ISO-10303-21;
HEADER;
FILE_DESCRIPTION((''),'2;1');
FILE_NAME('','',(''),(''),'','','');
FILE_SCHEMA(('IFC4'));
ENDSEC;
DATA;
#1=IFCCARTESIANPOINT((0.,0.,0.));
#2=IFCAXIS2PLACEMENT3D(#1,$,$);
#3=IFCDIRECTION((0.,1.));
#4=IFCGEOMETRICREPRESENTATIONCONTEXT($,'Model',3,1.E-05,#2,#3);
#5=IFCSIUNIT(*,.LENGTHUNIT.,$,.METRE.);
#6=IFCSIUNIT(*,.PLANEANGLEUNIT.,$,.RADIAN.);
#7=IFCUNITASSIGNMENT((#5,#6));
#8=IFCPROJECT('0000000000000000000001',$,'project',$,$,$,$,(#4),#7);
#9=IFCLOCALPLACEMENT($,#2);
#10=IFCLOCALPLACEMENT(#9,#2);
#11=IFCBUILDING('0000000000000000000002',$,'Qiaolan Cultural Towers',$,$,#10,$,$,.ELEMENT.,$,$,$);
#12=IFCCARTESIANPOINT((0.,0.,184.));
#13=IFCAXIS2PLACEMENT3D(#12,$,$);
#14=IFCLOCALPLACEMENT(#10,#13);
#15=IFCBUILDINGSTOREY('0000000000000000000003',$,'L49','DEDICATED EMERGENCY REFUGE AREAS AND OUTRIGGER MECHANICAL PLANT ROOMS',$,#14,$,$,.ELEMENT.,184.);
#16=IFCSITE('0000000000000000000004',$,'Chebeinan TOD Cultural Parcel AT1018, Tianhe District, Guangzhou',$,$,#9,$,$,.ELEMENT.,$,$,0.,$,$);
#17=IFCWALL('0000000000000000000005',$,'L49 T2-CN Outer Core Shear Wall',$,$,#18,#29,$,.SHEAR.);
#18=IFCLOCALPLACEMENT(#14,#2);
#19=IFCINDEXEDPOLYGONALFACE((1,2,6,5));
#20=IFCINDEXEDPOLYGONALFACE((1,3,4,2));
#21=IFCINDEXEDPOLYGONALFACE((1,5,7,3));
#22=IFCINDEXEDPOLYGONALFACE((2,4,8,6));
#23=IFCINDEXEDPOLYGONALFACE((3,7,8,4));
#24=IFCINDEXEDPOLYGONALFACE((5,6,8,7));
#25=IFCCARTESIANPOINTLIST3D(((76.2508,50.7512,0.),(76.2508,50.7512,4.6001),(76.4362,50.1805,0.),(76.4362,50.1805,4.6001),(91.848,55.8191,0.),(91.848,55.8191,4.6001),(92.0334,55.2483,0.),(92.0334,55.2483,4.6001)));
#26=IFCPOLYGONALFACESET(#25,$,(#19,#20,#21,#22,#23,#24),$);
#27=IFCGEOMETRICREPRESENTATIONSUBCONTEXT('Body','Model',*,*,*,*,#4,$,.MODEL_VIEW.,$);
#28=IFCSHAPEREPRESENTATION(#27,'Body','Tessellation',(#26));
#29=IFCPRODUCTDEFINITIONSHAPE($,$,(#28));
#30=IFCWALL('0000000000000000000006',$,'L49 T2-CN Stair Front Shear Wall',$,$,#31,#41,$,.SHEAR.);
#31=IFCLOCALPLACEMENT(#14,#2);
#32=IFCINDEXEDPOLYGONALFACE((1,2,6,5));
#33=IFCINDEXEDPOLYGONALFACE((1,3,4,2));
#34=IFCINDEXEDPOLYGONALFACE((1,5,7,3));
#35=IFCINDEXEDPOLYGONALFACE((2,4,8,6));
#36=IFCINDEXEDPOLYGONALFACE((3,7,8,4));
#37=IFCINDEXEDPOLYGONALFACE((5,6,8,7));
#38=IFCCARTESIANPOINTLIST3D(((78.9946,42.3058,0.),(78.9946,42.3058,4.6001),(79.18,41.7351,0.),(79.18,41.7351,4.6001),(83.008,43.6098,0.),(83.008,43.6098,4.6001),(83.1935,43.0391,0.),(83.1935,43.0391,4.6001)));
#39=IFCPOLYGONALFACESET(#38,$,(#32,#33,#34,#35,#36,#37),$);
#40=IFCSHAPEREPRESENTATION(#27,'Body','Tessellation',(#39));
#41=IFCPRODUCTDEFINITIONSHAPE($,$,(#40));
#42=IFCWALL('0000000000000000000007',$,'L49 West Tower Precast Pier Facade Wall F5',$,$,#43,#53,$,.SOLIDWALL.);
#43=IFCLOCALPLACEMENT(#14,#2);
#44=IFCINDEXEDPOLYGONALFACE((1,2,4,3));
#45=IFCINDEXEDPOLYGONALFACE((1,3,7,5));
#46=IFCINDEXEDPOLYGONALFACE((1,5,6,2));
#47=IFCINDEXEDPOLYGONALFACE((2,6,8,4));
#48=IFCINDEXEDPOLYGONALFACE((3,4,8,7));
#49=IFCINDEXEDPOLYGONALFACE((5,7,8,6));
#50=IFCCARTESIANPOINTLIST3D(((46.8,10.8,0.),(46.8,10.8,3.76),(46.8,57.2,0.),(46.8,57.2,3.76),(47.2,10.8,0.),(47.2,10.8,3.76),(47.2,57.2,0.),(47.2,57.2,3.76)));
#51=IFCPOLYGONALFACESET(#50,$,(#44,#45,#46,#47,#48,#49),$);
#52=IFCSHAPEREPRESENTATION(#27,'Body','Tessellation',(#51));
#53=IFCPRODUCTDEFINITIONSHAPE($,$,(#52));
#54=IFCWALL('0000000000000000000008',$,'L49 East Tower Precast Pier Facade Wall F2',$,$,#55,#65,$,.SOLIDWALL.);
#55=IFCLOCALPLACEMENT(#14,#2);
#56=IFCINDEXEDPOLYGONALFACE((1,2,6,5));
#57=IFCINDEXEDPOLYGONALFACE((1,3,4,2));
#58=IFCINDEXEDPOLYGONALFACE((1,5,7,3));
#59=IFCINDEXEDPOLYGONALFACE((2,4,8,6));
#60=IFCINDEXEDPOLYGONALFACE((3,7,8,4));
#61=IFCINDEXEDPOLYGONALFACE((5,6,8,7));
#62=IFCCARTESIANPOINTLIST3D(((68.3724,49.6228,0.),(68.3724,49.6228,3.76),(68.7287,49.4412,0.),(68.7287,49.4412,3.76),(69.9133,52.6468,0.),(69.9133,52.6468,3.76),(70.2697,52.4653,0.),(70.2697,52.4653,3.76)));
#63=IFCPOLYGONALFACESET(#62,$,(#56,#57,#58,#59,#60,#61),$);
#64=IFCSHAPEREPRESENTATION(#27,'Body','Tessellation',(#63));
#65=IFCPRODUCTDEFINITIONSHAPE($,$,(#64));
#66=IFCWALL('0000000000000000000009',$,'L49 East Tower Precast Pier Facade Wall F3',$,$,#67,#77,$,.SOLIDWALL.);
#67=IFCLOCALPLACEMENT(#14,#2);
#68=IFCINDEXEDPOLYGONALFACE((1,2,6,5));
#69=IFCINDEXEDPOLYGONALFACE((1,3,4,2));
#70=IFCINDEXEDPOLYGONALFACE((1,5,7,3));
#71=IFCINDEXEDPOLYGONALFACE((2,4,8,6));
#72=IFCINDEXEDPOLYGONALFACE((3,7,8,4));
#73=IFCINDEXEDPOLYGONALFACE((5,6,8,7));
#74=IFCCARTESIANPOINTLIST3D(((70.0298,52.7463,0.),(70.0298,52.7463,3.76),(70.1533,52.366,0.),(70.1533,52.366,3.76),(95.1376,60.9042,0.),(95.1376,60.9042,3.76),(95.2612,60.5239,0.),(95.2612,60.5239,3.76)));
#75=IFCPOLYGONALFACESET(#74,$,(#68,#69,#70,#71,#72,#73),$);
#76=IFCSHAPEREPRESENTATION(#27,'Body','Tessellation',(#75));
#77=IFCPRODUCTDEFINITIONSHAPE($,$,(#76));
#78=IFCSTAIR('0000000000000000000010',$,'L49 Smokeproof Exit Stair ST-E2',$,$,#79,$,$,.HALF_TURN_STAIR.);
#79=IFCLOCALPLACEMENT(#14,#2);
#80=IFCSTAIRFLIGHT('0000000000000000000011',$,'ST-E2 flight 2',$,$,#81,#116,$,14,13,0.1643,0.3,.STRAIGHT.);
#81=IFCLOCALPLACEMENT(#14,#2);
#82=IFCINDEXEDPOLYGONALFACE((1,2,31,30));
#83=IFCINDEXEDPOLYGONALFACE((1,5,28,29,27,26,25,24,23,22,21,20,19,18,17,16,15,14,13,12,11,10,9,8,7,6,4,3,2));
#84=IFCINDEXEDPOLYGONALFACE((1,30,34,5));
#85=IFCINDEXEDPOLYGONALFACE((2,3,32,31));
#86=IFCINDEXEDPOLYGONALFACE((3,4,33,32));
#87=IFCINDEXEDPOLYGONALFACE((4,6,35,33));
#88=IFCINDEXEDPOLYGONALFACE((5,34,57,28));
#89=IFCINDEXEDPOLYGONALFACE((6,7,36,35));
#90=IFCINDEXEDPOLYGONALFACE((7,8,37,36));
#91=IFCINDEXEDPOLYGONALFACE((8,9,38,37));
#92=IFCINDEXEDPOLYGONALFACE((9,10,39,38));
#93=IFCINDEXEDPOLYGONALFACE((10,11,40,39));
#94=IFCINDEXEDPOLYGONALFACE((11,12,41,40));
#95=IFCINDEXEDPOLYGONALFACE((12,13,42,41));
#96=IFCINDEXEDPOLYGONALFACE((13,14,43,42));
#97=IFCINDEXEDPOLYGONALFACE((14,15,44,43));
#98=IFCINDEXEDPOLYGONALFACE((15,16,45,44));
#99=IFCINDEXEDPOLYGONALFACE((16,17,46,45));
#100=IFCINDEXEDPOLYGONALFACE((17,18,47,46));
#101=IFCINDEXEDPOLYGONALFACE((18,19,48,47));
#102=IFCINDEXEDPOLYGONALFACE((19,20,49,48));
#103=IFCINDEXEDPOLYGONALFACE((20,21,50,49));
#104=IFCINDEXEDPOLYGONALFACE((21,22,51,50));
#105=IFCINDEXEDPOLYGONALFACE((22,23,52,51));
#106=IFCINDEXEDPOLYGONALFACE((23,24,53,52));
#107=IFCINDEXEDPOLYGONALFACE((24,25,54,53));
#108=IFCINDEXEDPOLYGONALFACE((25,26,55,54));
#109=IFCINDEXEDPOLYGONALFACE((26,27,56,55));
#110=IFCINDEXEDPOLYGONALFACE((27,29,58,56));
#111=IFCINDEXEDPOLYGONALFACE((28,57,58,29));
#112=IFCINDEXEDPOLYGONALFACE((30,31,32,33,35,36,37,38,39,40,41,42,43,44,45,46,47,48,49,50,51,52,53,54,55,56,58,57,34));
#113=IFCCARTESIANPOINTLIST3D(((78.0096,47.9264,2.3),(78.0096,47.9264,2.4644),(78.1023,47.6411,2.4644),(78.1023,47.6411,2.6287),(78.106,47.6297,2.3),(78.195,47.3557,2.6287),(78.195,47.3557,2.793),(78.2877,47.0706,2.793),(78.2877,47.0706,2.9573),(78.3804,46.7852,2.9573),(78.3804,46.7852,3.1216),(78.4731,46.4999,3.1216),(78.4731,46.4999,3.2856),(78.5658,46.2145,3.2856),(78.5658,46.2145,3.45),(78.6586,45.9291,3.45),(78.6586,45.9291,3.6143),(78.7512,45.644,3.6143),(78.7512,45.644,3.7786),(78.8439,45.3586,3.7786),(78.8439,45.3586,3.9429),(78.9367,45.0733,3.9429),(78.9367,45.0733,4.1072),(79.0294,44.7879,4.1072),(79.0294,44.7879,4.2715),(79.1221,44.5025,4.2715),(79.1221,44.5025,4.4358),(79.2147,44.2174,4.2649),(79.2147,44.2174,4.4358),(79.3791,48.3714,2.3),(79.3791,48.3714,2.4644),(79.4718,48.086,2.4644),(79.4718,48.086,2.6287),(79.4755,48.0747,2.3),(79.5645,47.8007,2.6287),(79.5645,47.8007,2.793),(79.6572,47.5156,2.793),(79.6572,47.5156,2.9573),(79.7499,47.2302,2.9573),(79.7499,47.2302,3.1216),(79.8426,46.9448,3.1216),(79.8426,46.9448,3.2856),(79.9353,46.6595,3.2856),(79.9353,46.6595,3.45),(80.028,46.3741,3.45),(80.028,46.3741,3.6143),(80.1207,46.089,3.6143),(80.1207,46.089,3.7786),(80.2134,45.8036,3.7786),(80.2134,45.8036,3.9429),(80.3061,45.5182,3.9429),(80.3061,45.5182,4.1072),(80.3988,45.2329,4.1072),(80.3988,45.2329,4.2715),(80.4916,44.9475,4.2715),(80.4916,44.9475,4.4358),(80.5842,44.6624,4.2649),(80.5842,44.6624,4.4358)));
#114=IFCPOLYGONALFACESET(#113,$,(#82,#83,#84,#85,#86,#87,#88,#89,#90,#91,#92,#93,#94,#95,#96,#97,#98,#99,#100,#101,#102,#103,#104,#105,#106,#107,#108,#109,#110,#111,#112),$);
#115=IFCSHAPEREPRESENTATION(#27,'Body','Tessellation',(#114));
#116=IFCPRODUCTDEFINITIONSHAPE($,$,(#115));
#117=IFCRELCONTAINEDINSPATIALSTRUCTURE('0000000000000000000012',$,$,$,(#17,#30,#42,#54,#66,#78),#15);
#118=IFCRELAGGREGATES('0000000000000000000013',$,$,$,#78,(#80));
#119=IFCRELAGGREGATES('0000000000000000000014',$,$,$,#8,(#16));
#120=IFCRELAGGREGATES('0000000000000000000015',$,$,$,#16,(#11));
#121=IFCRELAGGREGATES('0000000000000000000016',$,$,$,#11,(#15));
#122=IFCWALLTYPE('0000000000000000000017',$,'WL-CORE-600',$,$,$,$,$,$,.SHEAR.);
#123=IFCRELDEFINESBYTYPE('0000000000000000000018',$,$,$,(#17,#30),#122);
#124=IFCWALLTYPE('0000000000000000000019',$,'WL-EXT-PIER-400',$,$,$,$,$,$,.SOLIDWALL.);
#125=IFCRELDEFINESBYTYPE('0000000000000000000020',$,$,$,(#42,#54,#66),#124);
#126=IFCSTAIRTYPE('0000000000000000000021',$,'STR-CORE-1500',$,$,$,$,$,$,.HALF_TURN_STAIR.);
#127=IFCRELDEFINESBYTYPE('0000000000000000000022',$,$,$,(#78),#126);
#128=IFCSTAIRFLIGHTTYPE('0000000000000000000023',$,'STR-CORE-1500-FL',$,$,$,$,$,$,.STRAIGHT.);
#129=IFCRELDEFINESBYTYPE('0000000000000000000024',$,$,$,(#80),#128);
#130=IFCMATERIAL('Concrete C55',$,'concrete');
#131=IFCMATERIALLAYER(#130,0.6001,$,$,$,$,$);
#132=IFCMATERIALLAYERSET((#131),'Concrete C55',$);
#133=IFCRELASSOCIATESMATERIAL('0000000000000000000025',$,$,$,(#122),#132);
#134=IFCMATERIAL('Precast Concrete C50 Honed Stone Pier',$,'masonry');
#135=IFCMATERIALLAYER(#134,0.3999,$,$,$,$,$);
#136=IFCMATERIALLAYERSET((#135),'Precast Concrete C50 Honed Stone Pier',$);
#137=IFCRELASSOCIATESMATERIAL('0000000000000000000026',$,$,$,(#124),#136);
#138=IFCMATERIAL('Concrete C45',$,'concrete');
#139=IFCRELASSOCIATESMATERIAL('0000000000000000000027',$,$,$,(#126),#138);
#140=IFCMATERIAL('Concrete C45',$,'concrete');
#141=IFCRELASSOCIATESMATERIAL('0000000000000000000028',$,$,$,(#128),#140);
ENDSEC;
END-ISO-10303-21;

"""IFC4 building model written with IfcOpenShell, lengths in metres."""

from ifc_helpers import new_model, si_unit, direction, frame, frame_2d, origin, place, context, subcontext, project, spatial, polyline, rectangle, outline, extrude, material, layer, layer_set, type_object, element, aggregate, save


model = new_model("IFC4")

# Units and contexts
model_context = context("Model", 3, precision=1e-05, world=origin(), true_north=direction((0.0, 1.0)))
body_context = subcontext(model_context, "Body", "Model", "MODEL_VIEW")
ifc_project = project(units=[si_unit("LENGTHUNIT", "METRE"), si_unit("PLANEANGLEUNIT", "RADIAN")], contexts=[model_context])

# Site, building, storey
site_placement = place(None, origin())
site = spatial("IfcSite", under=ifc_project, at=site_placement, Name="Chebeinan TOD Cultural Parcel AT1018, Tianhe District, Guangzhou", CompositionType="ELEMENT", RefElevation=0.0)
building_placement = place(site_placement, origin())
building = spatial("IfcBuilding", under=site, at=building_placement, Name="Qiaolan Cultural Towers", CompositionType="ELEMENT")
storey_placement = place(building_placement, frame((0.0, 0.0, 184.0)))
storey = spatial("IfcBuildingStorey", under=building, at=storey_placement, Name="L49", Description="DEDICATED EMERGENCY REFUGE AREAS AND OUTRIGGER MECHANICAL PLANT ROOMS", CompositionType="ELEMENT", Elevation=184.0)

# Walls
ifc_material_1 = material(Name="Concrete C55", Category="concrete")
ifc_layer_1 = layer(ifc_material_1, 0.6001)
ifc_layer_set_1 = layer_set([ifc_layer_1], Name="Concrete C55")
wall_type_1 = type_object("IfcWallType", Name="WL-CORE-600", PredefinedType="SHEAR", material=ifc_layer_set_1)
wall_1_placement = place(storey_placement, frame((76.3435, 50.4658, 0.0), z_axis=(0.0, 0.0, 1.0), x_axis=(0.951056, 0.309019, 0.0)))
element("IfcWall", 1, at=wall_1_placement, inside=storey, type_object=wall_type_1, Name="L49 T2-CN Outer Core Shear Wall", PredefinedType="SHEAR", context=body_context, shape_type="SweptSolid", body=[
    extrude(rectangle(XDim=16.3999, YDim=0.6001, at=frame_2d((8.2, 0.0))), origin(), (0.0, 0.0, 1.0), 4.6001),
])
wall_2_placement = place(storey_placement, frame((79.0874, 42.0205, 0.0), z_axis=(0.0, 0.0, 1.0), x_axis=(0.951063, 0.308998, 0.0)))
element("IfcWall", 2, at=wall_2_placement, inside=storey, type_object=wall_type_1, Name="L49 T2-CN Stair Front Shear Wall", PredefinedType="SHEAR", context=body_context, shape_type="SweptSolid", body=[
    extrude(rectangle(XDim=4.22, YDim=0.6001, at=frame_2d((2.1099, 0.0))), origin(), (0.0, 0.0, 1.0), 4.6001),
])
ifc_material_2 = material(Name="Precast Concrete C50 Honed Stone Pier", Category="masonry")
ifc_layer_2 = layer(ifc_material_2, 0.3999)
ifc_layer_set_2 = layer_set([ifc_layer_2], Name="Precast Concrete C50 Honed Stone Pier")
wall_type_2 = type_object("IfcWallType", Name="WL-EXT-PIER-400", PredefinedType="SOLIDWALL", material=ifc_layer_set_2)
wall_3_placement = place(storey_placement, frame((47.0, 57.2, 0.0), z_axis=(0.0, 0.0, 1.0), x_axis=(0.0, -1.0, 0.0)))
element("IfcWall", 3, at=wall_3_placement, inside=storey, type_object=wall_type_2, Name="L49 West Tower Precast Pier Facade Wall F5", PredefinedType="SOLIDWALL", context=body_context, shape_type="SweptSolid", body=[
    extrude(rectangle(XDim=46.3999, YDim=0.3999, at=frame_2d((23.2, 0.0))), origin(), (0.0, 0.0, 1.0), 3.76),
])
wall_4_placement = place(storey_placement, frame((68.5505, 49.532, 0.0), z_axis=(0.0, 0.0, 1.0), x_axis=(0.45402, 0.890992, 0.0)))
element("IfcWall", 4, at=wall_4_placement, inside=storey, type_object=wall_type_2, Name="L49 East Tower Precast Pier Facade Wall F2", PredefinedType="SOLIDWALL", context=body_context, shape_type="SweptSolid", body=[
    extrude(rectangle(XDim=3.394, YDim=0.3999, at=frame_2d((1.697, 0.0))), origin(), (0.0, 0.0, 1.0), 3.76),
])
wall_5_placement = place(storey_placement, frame((70.0916, 52.5562, 0.0), z_axis=(0.0, 0.0, 1.0), x_axis=(0.951058, 0.309014, 0.0)))
element("IfcWall", 5, at=wall_5_placement, inside=storey, type_object=wall_type_2, Name="L49 East Tower Precast Pier Facade Wall F3", PredefinedType="SOLIDWALL", context=body_context, shape_type="SweptSolid", body=[
    extrude(rectangle(XDim=26.3999, YDim=0.3999, at=frame_2d((13.2, 0.0))), origin(), (0.0, 0.0, 1.0), 3.76),
])

# Stair, stair flight
ifc_material_3 = material(Name="Concrete C45", Category="concrete")
stair_type = type_object("IfcStairType", Name="STR-CORE-1500", PredefinedType="HALF_TURN_STAIR", material=ifc_material_3)
stair_placement = place(storey_placement, origin())
stair = element("IfcStair", 6, at=stair_placement, inside=storey, type_object=stair_type, Name="L49 Smokeproof Exit Stair ST-E2", PredefinedType="HALF_TURN_STAIR")
ifc_material_4 = material(Name="Concrete C45", Category="concrete")
stair_flight_type = type_object("IfcStairFlightType", Name="STR-CORE-1500-FL", PredefinedType="STRAIGHT", material=ifc_material_4)
stair_flight_placement = place(storey_placement, frame((78.6943, 48.1489, 2.3), z_axis=(0.0, 0.0, 1.0), x_axis=(0.309017, -0.951057, 0.0)))
stair_flight = element("IfcStairFlight", 7, at=stair_flight_placement, type_object=stair_flight_type, Name="ST-E2 flight 2", NumberOfRisers=14, NumberOfTreads=13, PredefinedType="STRAIGHT", RiserHeight=0.1643, TreadLength=0.3, context=body_context, shape_type="SweptSolid", body=[
    extrude(outline(polyline([(0.0, 0.0), (0.0, 0.1643), (0.3, 0.1643), (0.3, 0.3286), (0.6001, 0.3286), (0.6001, 0.4929), (0.8999, 0.4929), (0.8999, 0.6572), (1.2, 0.6572), (1.2, 0.8215), (1.5, 0.8215), (1.5, 0.9856), (1.8, 0.9856), (1.8, 1.1499), (2.1001, 1.1499), (2.1001, 1.3142), (2.3999, 1.3142), (2.3999, 1.4785), (2.7, 1.4785), (2.7, 1.6428), (3.0, 1.6428), (3.0, 1.8071), (3.3, 1.8071), (3.3, 1.9714), (3.6001, 1.9714), (3.6001, 2.1357), (3.8999, 2.1357), (3.8999, 2.3), (3.8999, 1.9648), (0.312, 0.0), (0.0, 0.0)])), frame((0.0, 0.72, 0.0), z_axis=(0.0, -1.0, 0.0), x_axis=(1.0, 0.0, 0.0)), (0.0, 0.0, 1.0), 1.4399),
])
aggregate(stair, [stair_flight])

save(model, "model.ifc")
